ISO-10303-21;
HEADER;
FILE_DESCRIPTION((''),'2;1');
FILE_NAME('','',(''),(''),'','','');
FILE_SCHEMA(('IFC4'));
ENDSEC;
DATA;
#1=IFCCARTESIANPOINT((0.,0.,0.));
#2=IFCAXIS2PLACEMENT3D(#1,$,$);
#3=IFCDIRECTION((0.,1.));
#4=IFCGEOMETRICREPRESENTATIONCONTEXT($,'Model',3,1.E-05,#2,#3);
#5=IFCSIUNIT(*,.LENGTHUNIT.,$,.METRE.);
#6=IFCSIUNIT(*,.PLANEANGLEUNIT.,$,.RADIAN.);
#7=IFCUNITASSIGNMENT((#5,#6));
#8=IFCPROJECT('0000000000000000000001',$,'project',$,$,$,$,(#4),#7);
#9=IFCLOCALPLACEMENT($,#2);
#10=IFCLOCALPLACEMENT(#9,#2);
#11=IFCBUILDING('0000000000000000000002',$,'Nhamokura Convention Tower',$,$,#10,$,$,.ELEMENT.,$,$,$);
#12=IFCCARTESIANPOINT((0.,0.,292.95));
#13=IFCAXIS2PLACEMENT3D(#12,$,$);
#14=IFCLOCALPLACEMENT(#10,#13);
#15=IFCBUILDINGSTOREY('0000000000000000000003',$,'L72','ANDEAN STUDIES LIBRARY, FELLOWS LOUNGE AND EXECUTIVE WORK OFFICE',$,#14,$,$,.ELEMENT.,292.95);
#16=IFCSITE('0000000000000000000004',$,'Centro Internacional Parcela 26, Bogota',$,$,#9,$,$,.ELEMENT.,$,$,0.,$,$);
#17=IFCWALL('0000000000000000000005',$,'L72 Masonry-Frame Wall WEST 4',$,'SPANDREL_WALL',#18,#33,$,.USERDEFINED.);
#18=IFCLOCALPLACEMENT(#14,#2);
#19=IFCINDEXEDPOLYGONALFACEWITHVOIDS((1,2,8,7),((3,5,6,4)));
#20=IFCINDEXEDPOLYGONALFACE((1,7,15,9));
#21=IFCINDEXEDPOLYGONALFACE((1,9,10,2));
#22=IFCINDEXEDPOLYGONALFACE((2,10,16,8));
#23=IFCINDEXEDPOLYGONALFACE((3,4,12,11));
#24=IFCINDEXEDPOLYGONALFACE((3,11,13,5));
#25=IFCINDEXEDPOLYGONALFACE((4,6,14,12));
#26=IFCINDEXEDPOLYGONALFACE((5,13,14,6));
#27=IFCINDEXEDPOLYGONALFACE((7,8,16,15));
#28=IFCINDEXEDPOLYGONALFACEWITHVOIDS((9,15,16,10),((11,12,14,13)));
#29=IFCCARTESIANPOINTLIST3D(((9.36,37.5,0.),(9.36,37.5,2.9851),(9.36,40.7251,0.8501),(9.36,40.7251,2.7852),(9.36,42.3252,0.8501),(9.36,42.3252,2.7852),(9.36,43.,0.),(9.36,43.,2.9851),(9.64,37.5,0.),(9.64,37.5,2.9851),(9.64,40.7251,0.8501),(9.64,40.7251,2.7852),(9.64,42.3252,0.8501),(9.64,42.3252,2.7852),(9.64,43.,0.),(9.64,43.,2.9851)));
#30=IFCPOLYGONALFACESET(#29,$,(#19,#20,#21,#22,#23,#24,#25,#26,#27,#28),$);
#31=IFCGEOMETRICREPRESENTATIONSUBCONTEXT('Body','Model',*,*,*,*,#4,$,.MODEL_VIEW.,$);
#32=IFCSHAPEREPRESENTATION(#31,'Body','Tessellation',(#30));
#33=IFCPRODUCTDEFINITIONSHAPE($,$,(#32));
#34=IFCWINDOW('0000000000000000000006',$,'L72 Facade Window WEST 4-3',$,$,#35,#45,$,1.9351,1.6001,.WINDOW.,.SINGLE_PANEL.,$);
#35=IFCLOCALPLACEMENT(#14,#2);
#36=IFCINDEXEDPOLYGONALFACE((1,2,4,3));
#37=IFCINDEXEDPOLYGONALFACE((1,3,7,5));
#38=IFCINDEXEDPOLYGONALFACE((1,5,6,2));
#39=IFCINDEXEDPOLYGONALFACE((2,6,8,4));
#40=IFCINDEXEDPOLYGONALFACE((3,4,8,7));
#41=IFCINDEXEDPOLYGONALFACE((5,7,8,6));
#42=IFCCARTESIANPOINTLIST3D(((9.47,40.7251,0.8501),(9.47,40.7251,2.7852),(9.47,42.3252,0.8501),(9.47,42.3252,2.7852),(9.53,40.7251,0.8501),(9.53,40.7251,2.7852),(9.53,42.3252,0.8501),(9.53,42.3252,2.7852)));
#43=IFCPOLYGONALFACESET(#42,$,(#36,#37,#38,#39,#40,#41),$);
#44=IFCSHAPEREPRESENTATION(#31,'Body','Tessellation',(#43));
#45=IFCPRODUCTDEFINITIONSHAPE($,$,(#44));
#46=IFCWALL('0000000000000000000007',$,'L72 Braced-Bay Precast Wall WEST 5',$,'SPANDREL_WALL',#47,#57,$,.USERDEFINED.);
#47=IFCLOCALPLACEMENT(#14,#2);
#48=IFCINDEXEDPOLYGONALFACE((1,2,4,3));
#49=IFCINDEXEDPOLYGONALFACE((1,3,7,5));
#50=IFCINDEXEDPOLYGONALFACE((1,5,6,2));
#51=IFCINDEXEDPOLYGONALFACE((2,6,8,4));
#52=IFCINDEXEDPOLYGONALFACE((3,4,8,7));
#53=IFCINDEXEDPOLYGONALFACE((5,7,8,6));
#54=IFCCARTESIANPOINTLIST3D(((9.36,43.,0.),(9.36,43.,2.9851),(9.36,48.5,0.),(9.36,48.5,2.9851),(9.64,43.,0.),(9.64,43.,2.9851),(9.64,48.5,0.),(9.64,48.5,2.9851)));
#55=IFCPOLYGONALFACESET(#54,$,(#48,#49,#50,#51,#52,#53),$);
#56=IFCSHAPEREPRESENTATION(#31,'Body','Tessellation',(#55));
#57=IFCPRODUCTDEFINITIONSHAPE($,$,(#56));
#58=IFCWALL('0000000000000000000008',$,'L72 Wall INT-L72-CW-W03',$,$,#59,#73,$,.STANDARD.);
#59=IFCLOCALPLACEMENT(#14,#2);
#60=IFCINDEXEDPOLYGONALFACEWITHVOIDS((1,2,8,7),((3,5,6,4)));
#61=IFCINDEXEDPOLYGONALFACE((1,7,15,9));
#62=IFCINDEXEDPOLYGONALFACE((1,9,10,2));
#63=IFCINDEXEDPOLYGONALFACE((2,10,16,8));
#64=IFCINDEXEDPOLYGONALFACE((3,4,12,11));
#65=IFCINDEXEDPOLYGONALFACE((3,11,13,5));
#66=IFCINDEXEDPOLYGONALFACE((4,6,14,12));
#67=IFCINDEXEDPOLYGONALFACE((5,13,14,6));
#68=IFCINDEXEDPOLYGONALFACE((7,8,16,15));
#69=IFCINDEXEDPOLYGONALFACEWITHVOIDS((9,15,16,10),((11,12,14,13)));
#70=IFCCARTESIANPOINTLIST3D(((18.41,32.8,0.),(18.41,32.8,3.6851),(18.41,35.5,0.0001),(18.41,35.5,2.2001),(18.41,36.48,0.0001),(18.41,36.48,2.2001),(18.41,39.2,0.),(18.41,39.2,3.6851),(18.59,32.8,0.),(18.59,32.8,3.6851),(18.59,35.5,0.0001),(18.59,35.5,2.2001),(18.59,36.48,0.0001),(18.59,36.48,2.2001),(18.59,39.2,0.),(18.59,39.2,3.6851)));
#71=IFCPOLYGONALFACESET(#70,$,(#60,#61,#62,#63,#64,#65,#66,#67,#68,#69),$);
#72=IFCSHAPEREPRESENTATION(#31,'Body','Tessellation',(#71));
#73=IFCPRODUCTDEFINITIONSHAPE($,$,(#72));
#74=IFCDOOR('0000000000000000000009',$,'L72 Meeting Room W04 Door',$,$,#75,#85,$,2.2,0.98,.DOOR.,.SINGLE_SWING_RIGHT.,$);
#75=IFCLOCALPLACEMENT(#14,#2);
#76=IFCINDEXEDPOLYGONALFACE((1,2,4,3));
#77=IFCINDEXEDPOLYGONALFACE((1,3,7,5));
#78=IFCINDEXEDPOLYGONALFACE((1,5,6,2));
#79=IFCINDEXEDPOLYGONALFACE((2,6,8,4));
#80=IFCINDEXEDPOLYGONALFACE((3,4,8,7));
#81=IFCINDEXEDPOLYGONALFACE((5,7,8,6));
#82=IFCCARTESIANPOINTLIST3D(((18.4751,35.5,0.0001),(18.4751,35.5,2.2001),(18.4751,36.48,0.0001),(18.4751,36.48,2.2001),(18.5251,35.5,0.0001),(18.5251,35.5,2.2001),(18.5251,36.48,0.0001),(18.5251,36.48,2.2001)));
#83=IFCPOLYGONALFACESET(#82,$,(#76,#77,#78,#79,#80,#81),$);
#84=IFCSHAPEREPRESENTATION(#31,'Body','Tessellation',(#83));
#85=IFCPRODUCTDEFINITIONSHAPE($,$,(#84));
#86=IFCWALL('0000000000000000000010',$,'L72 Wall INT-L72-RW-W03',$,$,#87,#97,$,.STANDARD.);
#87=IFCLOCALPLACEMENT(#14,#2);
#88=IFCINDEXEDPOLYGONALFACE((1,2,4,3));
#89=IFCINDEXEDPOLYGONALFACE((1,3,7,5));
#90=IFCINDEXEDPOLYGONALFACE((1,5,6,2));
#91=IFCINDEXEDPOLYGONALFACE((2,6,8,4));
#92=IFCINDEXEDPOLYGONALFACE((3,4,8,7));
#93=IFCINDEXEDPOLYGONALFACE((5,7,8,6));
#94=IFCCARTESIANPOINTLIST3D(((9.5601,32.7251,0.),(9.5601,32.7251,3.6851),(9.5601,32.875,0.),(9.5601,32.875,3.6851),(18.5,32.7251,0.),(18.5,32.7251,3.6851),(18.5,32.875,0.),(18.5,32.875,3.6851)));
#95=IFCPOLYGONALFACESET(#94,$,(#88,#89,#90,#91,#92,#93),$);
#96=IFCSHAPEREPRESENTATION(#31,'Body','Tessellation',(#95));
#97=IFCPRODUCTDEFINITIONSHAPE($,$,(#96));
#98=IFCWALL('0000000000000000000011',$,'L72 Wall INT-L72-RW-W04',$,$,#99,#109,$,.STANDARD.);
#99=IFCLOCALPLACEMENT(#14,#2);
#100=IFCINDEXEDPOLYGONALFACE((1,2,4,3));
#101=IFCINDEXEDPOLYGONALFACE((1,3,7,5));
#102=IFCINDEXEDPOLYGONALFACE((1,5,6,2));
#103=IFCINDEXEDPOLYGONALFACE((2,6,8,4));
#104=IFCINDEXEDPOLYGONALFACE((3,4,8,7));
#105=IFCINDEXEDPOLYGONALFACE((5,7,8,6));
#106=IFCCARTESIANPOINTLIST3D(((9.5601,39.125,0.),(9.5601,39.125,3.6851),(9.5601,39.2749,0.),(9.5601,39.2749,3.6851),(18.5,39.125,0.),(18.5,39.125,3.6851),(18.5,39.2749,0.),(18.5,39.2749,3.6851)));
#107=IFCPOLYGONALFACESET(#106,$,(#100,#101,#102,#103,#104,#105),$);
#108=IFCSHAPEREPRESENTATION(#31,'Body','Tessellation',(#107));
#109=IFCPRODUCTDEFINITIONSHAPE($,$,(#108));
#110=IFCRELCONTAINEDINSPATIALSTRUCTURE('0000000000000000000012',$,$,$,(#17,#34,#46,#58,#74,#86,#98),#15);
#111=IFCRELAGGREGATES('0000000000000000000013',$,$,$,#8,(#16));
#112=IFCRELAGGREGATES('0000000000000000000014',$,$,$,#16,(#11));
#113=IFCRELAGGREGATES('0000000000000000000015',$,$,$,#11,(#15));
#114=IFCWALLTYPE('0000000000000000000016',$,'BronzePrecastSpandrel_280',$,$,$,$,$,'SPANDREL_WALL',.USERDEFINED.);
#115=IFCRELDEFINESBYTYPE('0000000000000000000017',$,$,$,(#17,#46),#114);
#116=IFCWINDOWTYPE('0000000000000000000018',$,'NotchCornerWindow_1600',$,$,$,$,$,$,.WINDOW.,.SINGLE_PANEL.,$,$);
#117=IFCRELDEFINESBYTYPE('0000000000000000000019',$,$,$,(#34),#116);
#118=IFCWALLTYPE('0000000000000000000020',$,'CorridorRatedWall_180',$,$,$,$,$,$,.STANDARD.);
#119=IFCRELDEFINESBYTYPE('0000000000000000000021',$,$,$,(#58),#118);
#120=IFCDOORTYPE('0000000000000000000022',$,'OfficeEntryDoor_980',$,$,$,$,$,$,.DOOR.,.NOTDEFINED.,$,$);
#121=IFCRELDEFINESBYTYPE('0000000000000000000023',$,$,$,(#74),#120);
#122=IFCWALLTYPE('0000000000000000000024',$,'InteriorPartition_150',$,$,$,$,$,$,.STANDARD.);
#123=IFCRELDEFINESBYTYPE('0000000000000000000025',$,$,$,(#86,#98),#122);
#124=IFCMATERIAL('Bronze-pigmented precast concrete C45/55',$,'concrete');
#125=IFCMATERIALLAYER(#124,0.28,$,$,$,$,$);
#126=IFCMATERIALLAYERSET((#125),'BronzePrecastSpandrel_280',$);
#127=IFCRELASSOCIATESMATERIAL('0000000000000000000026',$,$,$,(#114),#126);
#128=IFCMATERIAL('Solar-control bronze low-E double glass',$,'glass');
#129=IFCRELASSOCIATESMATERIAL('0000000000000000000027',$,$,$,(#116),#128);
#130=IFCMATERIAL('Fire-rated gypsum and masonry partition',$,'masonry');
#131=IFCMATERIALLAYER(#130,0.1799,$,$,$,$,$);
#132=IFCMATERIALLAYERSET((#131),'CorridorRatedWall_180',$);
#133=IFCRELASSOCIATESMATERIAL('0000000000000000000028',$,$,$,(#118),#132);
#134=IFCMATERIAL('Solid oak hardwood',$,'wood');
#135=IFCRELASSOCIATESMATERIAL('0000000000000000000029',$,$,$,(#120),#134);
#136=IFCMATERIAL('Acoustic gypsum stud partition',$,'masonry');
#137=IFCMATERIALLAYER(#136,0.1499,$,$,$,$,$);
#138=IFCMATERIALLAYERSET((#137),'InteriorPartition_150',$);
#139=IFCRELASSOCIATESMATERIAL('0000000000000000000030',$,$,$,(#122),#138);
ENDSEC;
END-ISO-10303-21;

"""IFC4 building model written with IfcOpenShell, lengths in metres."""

from ifc_helpers import new_model, si_unit, direction, frame, frame_2d, origin, place, context, subcontext, project, spatial, rectangle, extrude, material, layer, layer_set, type_object, element, fill, save


model = new_model("IFC4")

# Units and contexts
model_context = context("Model", 3, precision=1e-05, world=origin(), true_north=direction((0.0, 1.0)))
body_context = subcontext(model_context, "Body", "Model", "MODEL_VIEW")
ifc_project = project(units=[si_unit("LENGTHUNIT", "METRE"), si_unit("PLANEANGLEUNIT", "RADIAN")], contexts=[model_context])

# Site, building, storey
site_placement = place(None, origin())
site = spatial("IfcSite", under=ifc_project, at=site_placement, Name="Centro Internacional Parcela 26, Bogota", CompositionType="ELEMENT", RefElevation=0.0)
building_placement = place(site_placement, origin())
building = spatial("IfcBuilding", under=site, at=building_placement, Name="Nhamokura Convention Tower", CompositionType="ELEMENT")
storey_placement = place(building_placement, frame((0.0, 0.0, 292.95)))
storey = spatial("IfcBuildingStorey", under=building, at=storey_placement, Name="L72", Description="ANDEAN STUDIES LIBRARY, FELLOWS LOUNGE AND EXECUTIVE WORK OFFICE", CompositionType="ELEMENT", Elevation=292.95)

# Wall, opening, window
ifc_material_1 = material(Name="Bronze-pigmented precast concrete C45/55", Category="concrete")
ifc_layer_1 = layer(ifc_material_1, 0.28)
ifc_layer_set_1 = layer_set([ifc_layer_1], Name="BronzePrecastSpandrel_280")
wall_type_1 = type_object("IfcWallType", Name="BronzePrecastSpandrel_280", ElementType="SPANDREL_WALL", PredefinedType="USERDEFINED", material=ifc_layer_set_1)
wall_1_placement = place(storey_placement, frame((9.5, 37.5, 0.0), z_axis=(0.0, 0.0, 1.0), x_axis=(0.0, 1.0, 0.0)))
wall_1 = element("IfcWall", 1, at=wall_1_placement, inside=storey, type_object=wall_type_1, Name="L72 Masonry-Frame Wall WEST 4", ObjectType="SPANDREL_WALL", PredefinedType="USERDEFINED", context=body_context, shape_type="SweptSolid", body=[
    extrude(rectangle(XDim=5.5, YDim=0.28, at=frame_2d((2.75, 0.0))), origin(), (0.0, 0.0, 1.0), 2.9851),
])
opening_1_placement = place(wall_1_placement, frame((3.2251, 0.0, 0.8501)))
opening_1 = element("IfcOpeningElement", 2, at=opening_1_placement, cuts=wall_1, PredefinedType="OPENING", context=body_context, shape_type="SweptSolid", body=[
    extrude(rectangle(XDim=1.6001, YDim=1.9351, at=frame_2d((0.8, 0.9675))), frame((0.0, 0.1499, 0.0), z_axis=(0.0, -1.0, 0.0), x_axis=(1.0, 0.0, 0.0)), (0.0, 0.0, 1.0), 0.3),
])
ifc_material_2 = material(Name="Solar-control bronze low-E double glass", Category="glass")
window_type_1 = type_object("IfcWindowType", Name="NotchCornerWindow_1600", PartitioningType="SINGLE_PANEL", PredefinedType="WINDOW", material=ifc_material_2)
window_1_placement = place(opening_1_placement, origin())
window_1 = element("IfcWindow", 3, at=window_1_placement, inside=storey, type_object=window_type_1, Name="L72 Facade Window WEST 4-3", OverallHeight=1.9351, OverallWidth=1.6001, PartitioningType="SINGLE_PANEL", PredefinedType="WINDOW", context=body_context, shape_type="SweptSolid", body=[
    extrude(rectangle(XDim=1.6001, YDim=1.9351, at=frame_2d((0.8, 0.9675))), frame((0.0, 0.03, 0.0), z_axis=(0.0, -1.0, 0.0), x_axis=(1.0, 0.0, 0.0)), (0.0, 0.0, 1.0), 0.0601),
])
fill(opening_1, window_1)

# Wall
wall_2_placement = place(storey_placement, frame((9.5, 43.0, 0.0), z_axis=(0.0, 0.0, 1.0), x_axis=(0.0, 1.0, 0.0)))
element("IfcWall", 4, at=wall_2_placement, inside=storey, type_object=wall_type_1, Name="L72 Braced-Bay Precast Wall WEST 5", ObjectType="SPANDREL_WALL", PredefinedType="USERDEFINED", context=body_context, shape_type="SweptSolid", body=[
    extrude(rectangle(XDim=5.5, YDim=0.28, at=frame_2d((2.75, 0.0))), origin(), (0.0, 0.0, 1.0), 2.9851),
])

# Wall, opening, door
ifc_material_3 = material(Name="Fire-rated gypsum and masonry partition", Category="masonry")
ifc_layer_2 = layer(ifc_material_3, 0.1799)
ifc_layer_set_2 = layer_set([ifc_layer_2], Name="CorridorRatedWall_180")
wall_type_2 = type_object("IfcWallType", Name="CorridorRatedWall_180", PredefinedType="STANDARD", material=ifc_layer_set_2)
wall_3_placement = place(storey_placement, frame((18.5, 32.8, 0.0), z_axis=(0.0, 0.0, 1.0), x_axis=(0.0, 1.0, 0.0)))
wall_3 = element("IfcWall", 5, at=wall_3_placement, inside=storey, type_object=wall_type_2, Name="L72 Wall INT-L72-CW-W03", PredefinedType="STANDARD", context=body_context, shape_type="SweptSolid", body=[
    extrude(rectangle(XDim=6.3999, YDim=0.1799, at=frame_2d((3.2, 0.0))), origin(), (0.0, 0.0, 1.0), 3.6851),
])
opening_2_placement = place(wall_3_placement, frame((2.7, 0.0, 0.0)))
opening_2 = element("IfcOpeningElement", 6, at=opening_2_placement, cuts=wall_3, PredefinedType="OPENING", context=body_context, shape_type="SweptSolid", body=[
    extrude(rectangle(XDim=0.98, YDim=2.2, at=frame_2d((0.49, 1.1001))), frame((0.0, 0.0999, 0.0), z_axis=(0.0, -1.0, 0.0), x_axis=(1.0, 0.0, 0.0)), (0.0, 0.0, 1.0), 0.2),
])
ifc_material_4 = material(Name="Solid oak hardwood", Category="wood")
door_type = type_object("IfcDoorType", Name="OfficeEntryDoor_980", OperationType="NOTDEFINED", PredefinedType="DOOR", material=ifc_material_4)
door_placement = place(opening_2_placement, origin())
door = element("IfcDoor", 7, at=door_placement, inside=storey, type_object=door_type, Name="L72 Meeting Room W04 Door", OperationType="SINGLE_SWING_RIGHT", OverallHeight=2.2, OverallWidth=0.98, PredefinedType="DOOR", context=body_context, shape_type="SweptSolid", body=[
    extrude(rectangle(XDim=0.98, YDim=2.2, at=frame_2d((0.49, 1.1001))), frame((0.0, 0.0249, 0.0), z_axis=(0.0, -1.0, 0.0), x_axis=(1.0, 0.0, 0.0)), (0.0, 0.0, 1.0), 0.05),
])
fill(opening_2, door)

# Walls
ifc_material_5 = material(Name="Acoustic gypsum stud partition", Category="masonry")
ifc_layer_3 = layer(ifc_material_5, 0.1499)
ifc_layer_set_3 = layer_set([ifc_layer_3], Name="InteriorPartition_150")
wall_type_3 = type_object("IfcWallType", Name="InteriorPartition_150", PredefinedType="STANDARD", material=ifc_layer_set_3)
for number, where, z_axis, x_axis, name in (
    (8, (9.5601, 32.8, 0.0), (0.0, 0.0, 1.0), (1.0, 0.0, 0.0), "L72 Wall INT-L72-RW-W03"),
    (9, (9.5601, 39.2, 0.0), (0.0, 0.0, 1.0), (1.0, 0.0, 0.0), "L72 Wall INT-L72-RW-W04"),
):
    element("IfcWall", number, at=place(storey_placement, frame(where, z_axis=z_axis, x_axis=x_axis)), inside=storey, type_object=wall_type_3, Name=name, PredefinedType="STANDARD", context=body_context, shape_type="SweptSolid", body=[
        extrude(rectangle(XDim=8.9399, YDim=0.1499, at=frame_2d((4.47, 0.0))), origin(), (0.0, 0.0, 1.0), 3.6851),
    ])

save(model, "model.ifc")
